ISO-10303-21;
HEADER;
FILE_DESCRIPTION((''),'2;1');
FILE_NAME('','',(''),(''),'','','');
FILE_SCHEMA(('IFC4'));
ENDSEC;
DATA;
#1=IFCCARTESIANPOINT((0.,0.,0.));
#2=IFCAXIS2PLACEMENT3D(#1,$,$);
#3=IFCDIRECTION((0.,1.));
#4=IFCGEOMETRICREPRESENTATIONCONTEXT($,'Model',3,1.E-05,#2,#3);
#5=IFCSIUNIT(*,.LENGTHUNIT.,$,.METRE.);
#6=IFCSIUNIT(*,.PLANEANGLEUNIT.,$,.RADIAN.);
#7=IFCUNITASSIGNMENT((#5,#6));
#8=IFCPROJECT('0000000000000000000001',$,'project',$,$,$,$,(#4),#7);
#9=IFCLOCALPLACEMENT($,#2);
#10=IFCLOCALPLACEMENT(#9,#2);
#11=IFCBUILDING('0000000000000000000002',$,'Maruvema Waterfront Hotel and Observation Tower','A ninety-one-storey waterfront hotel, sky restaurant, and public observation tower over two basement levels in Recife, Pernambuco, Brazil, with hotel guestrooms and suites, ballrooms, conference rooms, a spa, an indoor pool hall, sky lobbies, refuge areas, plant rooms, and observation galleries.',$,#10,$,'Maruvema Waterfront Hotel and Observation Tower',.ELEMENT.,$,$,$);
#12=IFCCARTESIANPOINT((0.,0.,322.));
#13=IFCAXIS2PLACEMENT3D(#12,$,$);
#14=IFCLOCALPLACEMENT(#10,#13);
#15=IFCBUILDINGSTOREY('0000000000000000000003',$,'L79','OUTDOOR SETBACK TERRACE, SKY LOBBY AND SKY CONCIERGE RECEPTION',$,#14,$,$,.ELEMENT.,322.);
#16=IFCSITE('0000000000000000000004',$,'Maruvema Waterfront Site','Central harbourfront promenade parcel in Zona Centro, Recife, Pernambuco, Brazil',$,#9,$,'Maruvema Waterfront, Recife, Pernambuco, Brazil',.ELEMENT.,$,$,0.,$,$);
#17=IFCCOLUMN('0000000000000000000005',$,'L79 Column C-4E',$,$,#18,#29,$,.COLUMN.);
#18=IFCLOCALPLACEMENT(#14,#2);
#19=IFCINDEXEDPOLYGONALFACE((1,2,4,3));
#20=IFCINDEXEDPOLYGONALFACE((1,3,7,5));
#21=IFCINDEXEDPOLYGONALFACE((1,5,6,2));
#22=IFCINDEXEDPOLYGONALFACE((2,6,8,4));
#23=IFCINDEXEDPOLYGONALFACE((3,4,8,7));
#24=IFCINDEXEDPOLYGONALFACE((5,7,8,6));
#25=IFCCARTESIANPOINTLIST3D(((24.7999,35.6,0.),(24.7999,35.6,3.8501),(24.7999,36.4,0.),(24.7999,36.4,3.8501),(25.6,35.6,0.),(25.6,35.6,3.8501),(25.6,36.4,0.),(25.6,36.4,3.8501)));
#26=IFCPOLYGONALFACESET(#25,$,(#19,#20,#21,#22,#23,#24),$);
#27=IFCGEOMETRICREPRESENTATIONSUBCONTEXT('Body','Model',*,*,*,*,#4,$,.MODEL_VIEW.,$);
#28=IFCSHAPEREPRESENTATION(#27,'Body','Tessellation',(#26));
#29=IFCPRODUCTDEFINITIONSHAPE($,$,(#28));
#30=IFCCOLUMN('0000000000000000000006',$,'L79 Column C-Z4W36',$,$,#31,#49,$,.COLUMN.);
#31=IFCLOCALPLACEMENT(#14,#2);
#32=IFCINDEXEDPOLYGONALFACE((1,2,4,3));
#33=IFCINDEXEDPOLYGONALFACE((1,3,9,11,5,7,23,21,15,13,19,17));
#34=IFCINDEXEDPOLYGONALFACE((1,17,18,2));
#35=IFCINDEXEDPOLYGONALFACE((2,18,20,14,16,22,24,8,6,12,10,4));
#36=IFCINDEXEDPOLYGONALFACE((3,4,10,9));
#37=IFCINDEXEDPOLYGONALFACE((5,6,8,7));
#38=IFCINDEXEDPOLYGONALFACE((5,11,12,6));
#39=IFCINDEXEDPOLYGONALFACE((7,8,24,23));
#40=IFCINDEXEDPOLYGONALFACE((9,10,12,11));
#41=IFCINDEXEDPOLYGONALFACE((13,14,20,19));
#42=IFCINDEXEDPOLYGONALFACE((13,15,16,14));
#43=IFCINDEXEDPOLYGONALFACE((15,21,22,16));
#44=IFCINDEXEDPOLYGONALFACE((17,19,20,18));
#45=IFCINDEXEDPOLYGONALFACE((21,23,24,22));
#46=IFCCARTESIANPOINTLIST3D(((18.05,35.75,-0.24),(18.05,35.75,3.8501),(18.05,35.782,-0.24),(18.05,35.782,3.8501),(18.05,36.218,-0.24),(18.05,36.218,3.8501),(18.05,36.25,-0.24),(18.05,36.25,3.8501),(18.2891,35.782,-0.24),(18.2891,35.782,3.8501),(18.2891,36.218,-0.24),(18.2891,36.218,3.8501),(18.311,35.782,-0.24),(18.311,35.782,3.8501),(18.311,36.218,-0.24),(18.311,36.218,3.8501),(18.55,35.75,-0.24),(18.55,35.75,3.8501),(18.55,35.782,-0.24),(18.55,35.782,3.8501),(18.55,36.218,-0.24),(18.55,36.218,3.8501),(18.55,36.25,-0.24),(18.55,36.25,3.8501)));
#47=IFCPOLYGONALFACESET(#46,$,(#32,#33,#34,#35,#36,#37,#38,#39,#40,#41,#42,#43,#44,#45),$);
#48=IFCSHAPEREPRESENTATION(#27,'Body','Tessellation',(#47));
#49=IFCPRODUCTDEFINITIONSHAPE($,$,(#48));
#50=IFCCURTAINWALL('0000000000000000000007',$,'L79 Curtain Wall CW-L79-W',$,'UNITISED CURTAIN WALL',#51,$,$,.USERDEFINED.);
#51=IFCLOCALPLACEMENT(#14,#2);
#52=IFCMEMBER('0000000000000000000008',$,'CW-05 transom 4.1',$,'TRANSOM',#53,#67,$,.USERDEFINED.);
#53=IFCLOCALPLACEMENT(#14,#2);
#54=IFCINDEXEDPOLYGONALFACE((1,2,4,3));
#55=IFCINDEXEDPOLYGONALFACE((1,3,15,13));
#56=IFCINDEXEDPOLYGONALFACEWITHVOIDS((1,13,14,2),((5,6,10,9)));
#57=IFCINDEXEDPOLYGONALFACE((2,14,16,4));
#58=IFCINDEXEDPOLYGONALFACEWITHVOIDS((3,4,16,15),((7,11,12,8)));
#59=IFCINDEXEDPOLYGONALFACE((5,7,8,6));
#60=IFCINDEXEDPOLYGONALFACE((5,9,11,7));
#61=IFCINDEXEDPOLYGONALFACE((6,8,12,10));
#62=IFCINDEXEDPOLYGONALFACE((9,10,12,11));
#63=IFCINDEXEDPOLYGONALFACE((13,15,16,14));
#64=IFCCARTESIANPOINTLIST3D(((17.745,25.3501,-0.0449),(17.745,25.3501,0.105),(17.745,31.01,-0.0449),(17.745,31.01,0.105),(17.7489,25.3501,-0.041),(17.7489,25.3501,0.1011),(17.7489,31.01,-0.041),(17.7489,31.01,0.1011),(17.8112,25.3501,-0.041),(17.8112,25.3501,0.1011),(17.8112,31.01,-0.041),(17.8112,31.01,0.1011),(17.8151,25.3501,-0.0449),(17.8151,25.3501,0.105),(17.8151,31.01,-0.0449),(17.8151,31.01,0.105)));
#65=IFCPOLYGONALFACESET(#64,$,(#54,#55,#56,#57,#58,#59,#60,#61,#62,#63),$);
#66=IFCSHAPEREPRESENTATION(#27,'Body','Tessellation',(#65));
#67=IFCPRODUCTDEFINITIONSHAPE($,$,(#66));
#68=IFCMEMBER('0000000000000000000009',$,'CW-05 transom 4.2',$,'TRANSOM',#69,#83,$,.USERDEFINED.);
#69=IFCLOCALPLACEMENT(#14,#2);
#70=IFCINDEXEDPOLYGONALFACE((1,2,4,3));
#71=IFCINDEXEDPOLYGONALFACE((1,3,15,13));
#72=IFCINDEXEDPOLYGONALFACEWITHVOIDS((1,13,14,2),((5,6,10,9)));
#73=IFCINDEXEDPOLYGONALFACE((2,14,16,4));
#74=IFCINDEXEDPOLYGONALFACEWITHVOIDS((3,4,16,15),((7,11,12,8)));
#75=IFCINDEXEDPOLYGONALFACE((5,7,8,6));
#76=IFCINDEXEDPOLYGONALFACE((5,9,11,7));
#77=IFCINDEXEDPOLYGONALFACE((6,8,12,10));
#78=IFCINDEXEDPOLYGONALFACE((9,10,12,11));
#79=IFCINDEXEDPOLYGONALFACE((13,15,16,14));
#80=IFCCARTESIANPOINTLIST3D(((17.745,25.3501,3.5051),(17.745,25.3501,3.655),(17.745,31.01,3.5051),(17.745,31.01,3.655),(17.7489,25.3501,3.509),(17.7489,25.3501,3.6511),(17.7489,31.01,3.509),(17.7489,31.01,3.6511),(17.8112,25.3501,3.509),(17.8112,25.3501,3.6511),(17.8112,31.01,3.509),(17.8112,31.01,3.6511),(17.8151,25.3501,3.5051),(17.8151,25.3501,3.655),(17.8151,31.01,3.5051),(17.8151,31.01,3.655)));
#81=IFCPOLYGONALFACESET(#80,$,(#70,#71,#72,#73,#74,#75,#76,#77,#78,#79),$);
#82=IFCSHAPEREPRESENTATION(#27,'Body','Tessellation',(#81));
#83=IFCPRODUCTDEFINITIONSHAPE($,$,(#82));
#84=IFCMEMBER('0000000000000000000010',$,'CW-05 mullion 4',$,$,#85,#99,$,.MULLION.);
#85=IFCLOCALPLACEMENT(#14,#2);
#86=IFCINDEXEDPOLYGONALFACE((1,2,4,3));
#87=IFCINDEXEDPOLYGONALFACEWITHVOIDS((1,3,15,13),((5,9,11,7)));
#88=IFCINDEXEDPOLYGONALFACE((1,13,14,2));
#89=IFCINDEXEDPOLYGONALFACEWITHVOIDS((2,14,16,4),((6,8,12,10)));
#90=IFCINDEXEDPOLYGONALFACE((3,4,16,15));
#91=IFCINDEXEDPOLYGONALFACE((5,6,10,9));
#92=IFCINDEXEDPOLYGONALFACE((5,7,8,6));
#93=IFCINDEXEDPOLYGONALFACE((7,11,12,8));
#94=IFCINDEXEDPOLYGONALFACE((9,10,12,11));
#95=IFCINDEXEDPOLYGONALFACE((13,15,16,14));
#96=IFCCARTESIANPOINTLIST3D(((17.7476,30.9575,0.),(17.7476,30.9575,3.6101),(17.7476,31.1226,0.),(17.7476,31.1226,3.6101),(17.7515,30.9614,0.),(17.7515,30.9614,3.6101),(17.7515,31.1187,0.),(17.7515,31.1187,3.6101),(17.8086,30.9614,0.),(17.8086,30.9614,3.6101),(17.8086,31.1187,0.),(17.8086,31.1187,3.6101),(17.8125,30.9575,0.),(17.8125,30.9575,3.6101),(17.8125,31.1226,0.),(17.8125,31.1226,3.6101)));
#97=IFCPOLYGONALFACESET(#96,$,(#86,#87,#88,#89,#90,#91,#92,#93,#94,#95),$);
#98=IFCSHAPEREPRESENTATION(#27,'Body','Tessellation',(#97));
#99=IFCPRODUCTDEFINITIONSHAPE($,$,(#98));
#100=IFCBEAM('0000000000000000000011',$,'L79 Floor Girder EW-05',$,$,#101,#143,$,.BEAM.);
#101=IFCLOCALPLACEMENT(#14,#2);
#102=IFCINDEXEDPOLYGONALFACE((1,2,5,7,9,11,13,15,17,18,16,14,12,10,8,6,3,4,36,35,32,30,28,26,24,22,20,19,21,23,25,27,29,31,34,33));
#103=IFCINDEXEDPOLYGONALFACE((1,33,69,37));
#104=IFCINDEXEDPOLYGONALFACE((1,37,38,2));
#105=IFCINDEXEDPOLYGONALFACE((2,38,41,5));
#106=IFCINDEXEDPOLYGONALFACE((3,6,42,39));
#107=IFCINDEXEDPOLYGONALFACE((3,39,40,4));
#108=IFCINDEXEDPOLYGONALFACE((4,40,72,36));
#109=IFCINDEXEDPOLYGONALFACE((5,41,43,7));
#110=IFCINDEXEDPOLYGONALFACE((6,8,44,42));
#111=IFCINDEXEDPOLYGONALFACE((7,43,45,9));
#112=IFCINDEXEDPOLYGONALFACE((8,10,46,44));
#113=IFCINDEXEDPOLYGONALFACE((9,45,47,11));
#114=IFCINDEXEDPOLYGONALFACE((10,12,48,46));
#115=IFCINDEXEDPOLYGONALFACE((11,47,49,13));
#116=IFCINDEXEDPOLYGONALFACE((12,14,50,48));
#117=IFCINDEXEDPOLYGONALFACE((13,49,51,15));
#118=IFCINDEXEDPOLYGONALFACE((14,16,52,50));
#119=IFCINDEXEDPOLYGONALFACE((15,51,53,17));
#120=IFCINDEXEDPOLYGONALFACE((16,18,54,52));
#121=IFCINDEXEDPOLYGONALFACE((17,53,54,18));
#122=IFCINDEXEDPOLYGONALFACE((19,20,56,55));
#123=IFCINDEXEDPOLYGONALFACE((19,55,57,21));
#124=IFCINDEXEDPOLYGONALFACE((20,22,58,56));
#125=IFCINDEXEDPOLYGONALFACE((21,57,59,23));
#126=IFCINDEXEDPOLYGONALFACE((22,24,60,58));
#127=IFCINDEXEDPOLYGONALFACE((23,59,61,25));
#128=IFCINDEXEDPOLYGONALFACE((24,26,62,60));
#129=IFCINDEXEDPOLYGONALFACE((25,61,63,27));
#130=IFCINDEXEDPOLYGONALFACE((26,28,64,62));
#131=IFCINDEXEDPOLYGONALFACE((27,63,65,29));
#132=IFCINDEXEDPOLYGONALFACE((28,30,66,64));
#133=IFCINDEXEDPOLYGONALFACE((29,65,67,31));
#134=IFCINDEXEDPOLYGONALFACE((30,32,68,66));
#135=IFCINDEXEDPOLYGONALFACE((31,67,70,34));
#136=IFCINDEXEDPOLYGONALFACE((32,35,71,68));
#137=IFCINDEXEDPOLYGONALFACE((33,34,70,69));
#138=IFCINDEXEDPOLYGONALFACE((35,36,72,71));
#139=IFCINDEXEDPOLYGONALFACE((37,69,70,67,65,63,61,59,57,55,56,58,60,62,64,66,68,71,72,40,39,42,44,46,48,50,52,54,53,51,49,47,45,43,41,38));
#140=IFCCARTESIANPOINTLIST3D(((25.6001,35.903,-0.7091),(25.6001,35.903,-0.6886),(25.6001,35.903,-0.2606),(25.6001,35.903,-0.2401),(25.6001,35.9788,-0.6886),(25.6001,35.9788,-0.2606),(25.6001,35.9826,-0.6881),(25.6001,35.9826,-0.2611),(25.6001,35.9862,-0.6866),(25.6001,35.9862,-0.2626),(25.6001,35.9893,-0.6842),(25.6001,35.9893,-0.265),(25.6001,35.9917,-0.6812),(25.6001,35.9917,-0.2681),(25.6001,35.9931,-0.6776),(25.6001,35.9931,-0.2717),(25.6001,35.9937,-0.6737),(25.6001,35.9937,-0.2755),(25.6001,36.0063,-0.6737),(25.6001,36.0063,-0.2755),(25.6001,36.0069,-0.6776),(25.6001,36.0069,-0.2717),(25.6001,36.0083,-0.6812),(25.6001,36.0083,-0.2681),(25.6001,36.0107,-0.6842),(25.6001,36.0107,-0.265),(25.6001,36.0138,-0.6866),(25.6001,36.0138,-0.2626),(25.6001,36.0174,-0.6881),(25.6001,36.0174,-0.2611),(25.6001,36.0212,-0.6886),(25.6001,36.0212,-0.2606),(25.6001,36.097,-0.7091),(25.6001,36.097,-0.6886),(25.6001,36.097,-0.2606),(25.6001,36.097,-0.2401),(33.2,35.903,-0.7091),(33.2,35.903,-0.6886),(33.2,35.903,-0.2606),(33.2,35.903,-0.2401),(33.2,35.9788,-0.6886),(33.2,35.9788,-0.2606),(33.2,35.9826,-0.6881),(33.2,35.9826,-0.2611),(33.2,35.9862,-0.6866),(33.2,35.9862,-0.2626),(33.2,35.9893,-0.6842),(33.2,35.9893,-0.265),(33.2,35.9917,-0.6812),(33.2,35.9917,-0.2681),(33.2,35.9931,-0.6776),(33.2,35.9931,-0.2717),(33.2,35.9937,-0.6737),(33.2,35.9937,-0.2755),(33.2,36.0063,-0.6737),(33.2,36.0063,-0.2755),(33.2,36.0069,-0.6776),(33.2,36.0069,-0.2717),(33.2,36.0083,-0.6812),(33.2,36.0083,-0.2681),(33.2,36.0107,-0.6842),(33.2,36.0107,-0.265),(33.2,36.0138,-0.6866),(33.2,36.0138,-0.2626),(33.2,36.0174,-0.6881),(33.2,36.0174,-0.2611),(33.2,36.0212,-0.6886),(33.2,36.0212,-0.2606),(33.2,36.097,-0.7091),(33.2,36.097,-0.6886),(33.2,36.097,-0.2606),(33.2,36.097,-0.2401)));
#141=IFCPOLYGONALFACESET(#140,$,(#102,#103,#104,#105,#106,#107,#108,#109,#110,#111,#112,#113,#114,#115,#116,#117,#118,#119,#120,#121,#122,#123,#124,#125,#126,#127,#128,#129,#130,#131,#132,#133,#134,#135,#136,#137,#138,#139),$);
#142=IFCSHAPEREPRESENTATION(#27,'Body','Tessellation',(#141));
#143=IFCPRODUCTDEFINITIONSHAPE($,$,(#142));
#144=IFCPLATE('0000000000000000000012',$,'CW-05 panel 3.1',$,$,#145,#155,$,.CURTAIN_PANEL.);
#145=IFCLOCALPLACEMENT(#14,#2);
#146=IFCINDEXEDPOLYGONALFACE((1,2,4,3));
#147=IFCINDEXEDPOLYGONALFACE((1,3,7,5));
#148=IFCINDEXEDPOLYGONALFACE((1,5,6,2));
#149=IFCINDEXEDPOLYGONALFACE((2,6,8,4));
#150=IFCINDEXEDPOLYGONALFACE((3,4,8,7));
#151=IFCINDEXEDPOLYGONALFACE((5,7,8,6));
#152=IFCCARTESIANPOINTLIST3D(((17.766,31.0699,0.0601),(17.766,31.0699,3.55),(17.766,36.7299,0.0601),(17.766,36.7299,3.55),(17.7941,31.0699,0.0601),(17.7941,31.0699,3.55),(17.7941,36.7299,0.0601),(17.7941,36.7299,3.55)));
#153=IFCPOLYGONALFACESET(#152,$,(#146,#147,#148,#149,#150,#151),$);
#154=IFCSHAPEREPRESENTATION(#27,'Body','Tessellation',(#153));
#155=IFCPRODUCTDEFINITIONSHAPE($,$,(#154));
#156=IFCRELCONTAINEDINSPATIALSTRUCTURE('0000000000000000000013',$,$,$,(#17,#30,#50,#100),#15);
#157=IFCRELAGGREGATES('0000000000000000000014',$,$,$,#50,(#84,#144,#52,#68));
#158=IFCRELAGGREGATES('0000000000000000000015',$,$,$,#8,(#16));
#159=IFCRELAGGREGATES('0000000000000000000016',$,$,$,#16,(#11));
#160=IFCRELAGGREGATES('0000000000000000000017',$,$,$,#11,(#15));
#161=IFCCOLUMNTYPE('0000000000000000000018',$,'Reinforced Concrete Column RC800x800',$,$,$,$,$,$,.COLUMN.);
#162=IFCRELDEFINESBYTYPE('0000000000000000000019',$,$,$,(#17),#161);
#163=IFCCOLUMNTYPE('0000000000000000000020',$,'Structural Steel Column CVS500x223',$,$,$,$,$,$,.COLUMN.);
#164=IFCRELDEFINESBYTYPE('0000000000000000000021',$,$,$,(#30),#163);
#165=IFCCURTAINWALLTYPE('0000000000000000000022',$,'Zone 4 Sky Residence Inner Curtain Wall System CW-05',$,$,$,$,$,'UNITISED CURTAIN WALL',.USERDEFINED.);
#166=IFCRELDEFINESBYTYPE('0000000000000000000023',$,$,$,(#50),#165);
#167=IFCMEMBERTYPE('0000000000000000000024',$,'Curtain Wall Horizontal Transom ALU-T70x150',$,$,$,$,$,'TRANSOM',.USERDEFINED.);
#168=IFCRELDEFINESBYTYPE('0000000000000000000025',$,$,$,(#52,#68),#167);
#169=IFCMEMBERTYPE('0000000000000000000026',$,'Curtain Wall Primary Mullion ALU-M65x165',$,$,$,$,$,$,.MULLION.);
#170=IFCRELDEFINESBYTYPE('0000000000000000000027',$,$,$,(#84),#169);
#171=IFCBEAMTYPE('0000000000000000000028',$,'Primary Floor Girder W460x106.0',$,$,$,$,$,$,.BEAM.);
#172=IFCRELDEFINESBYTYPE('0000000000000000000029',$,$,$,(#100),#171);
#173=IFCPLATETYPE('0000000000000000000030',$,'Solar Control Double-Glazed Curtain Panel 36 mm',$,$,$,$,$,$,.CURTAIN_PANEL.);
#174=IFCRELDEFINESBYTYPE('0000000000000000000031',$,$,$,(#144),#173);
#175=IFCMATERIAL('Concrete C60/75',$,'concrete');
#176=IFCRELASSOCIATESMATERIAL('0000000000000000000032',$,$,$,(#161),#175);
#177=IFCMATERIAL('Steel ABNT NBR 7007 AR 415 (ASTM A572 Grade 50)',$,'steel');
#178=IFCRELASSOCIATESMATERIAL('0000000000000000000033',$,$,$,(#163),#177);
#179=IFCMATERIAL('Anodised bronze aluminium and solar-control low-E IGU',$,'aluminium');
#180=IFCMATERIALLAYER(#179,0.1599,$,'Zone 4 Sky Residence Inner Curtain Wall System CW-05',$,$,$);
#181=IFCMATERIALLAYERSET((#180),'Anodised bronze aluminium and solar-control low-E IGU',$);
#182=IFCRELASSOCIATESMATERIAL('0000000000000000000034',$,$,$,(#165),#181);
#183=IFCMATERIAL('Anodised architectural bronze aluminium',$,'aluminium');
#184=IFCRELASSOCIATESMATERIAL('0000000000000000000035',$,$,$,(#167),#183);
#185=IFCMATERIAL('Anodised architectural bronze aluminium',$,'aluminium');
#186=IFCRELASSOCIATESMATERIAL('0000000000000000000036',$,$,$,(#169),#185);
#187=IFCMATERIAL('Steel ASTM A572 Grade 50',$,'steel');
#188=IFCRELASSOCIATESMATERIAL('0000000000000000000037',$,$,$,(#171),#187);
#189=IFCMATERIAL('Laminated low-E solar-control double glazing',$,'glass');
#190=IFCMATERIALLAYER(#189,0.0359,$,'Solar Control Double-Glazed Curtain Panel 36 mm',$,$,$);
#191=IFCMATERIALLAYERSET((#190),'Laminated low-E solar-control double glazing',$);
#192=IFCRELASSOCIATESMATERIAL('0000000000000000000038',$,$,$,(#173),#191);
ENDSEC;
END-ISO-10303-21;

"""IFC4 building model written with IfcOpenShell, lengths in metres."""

from ifc_helpers import new_model, si_unit, direction, frame, origin, origin_2d, place, context, subcontext, project, spatial, rectangle, hollow_rectangle, i_section, extrude, material, layer, layer_set, material_profile, profile_set, type_object, element, aggregate, save


model = new_model("IFC4")

# Units and contexts
model_context = context("Model", 3, precision=1e-05, world=origin(), true_north=direction((0.0, 1.0)))
body_context = subcontext(model_context, "Body", "Model", "MODEL_VIEW")
ifc_project = project(units=[si_unit("LENGTHUNIT", "METRE"), si_unit("PLANEANGLEUNIT", "RADIAN")], contexts=[model_context])

# Site, building, storey
site_placement = place(None, origin())
site = spatial("IfcSite", under=ifc_project, at=site_placement, Name="Maruvema Waterfront Site", Description="Central harbourfront promenade parcel in Zona Centro, Recife, Pernambuco, Brazil", LongName="Maruvema Waterfront, Recife, Pernambuco, Brazil", CompositionType="ELEMENT", RefElevation=0.0)
building_placement = place(site_placement, origin())
building = spatial("IfcBuilding", under=site, at=building_placement, Name="Maruvema Waterfront Hotel and Observation Tower", Description="A ninety-one-storey waterfront hotel, sky restaurant, and public observation tower over two basement levels in Recife, Pernambuco, Brazil, with hotel guestrooms and suites, ballrooms, conference rooms, a spa, an indoor pool hall, sky lobbies, refuge areas, plant rooms, and observation galleries.", LongName="Maruvema Waterfront Hotel and Observation Tower", CompositionType="ELEMENT")
storey_placement = place(building_placement, frame((0.0, 0.0, 322.0)))
storey = spatial("IfcBuildingStorey", under=building, at=storey_placement, Name="L79", Description="OUTDOOR SETBACK TERRACE, SKY LOBBY AND SKY CONCIERGE RECEPTION", CompositionType="ELEMENT", Elevation=322.0)

# Columns
ifc_material_1 = material(Name="Concrete C60/75", Category="concrete")
ifc_material_profile_1 = material_profile(ifc_material_1, rectangle(XDim=0.8, YDim=0.8, at=origin_2d()), Name="RC800x800")
ifc_profile_set_1 = profile_set([ifc_material_profile_1], Name="Concrete C60/75")
column_type_1 = type_object("IfcColumnType", Name="Reinforced Concrete Column RC800x800", PredefinedType="COLUMN", material=ifc_profile_set_1)
column_1_placement = place(storey_placement, frame((25.2, 36.0, 0.0), z_axis=(0.0, 0.0, 1.0), x_axis=(1.0, 0.0, 0.0)))
element("IfcColumn", 1, at=column_1_placement, inside=storey, type_object=column_type_1, Name="L79 Column C-4E", PredefinedType="COLUMN", context=body_context, shape_type="SweptSolid", body=[
    extrude(rectangle(XDim=0.8, YDim=0.8, at=origin_2d()), origin(), (0.0, 0.0, 1.0), 3.8501),
])
ifc_material_2 = material(Name="Steel ABNT NBR 7007 AR 415 (ASTM A572 Grade 50)", Category="steel")
ifc_material_profile_2 = material_profile(ifc_material_2, i_section(OverallWidth=0.5, OverallDepth=0.5, WebThickness=0.022, FlangeThickness=0.032, at=origin_2d()), Name="CVS500x223")
ifc_profile_set_2 = profile_set([ifc_material_profile_2], Name="Steel ABNT NBR 7007 AR 415 (ASTM A572 Grade 50)")
column_type_2 = type_object("IfcColumnType", Name="Structural Steel Column CVS500x223", PredefinedType="COLUMN", material=ifc_profile_set_2)
column_2_placement = place(storey_placement, frame((18.3, 36.0, -0.24), z_axis=(0.0, 0.0, 1.0), x_axis=(1.0, 0.0, 0.0)))
element("IfcColumn", 2, at=column_2_placement, inside=storey, type_object=column_type_2, Name="L79 Column C-Z4W36", PredefinedType="COLUMN", context=body_context, shape_type="SweptSolid", body=[
    extrude(i_section(OverallWidth=0.5, OverallDepth=0.5, WebThickness=0.022, FlangeThickness=0.032, at=origin_2d()), origin(), (0.0, 0.0, 1.0), 4.0901),
])

# Curtain wall, members
ifc_material_3 = material(Name="Anodised bronze aluminium and solar-control low-E IGU", Category="aluminium")
ifc_layer_1 = layer(ifc_material_3, 0.1599, Name="Zone 4 Sky Residence Inner Curtain Wall System CW-05")
ifc_layer_set_1 = layer_set([ifc_layer_1], Name="Anodised bronze aluminium and solar-control low-E IGU")
curtain_wall_type = type_object("IfcCurtainWallType", Name="Zone 4 Sky Residence Inner Curtain Wall System CW-05", ElementType="UNITISED CURTAIN WALL", PredefinedType="USERDEFINED", material=ifc_layer_set_1)
curtain_wall_placement = place(storey_placement, origin())
curtain_wall = element("IfcCurtainWall", 3, at=curtain_wall_placement, inside=storey, type_object=curtain_wall_type, Name="L79 Curtain Wall CW-L79-W", ObjectType="UNITISED CURTAIN WALL", PredefinedType="USERDEFINED")
ifc_material_4 = material(Name="Anodised architectural bronze aluminium", Category="aluminium")
ifc_material_profile_3 = material_profile(ifc_material_4, hollow_rectangle(XDim=0.0701, YDim=0.1499, WallThickness=0.0039, at=origin_2d()), Name="ALU-T70x150")
ifc_profile_set_3 = profile_set([ifc_material_profile_3], Name="Anodised architectural bronze aluminium")
member_type_1 = type_object("IfcMemberType", Name="Curtain Wall Horizontal Transom ALU-T70x150", ElementType="TRANSOM", PredefinedType="USERDEFINED", material=ifc_profile_set_3)
member_1_placement = place(storey_placement, frame((17.78, 31.01, 0.03), z_axis=(0.0, -1.0, 0.0), x_axis=(1.0, 0.0, 0.0)))
member_1 = element("IfcMember", 4, at=member_1_placement, type_object=member_type_1, Name="CW-05 transom 4.1", ObjectType="TRANSOM", PredefinedType="USERDEFINED", context=body_context, shape_type="SweptSolid", body=[
    extrude(hollow_rectangle(XDim=0.0701, YDim=0.1499, WallThickness=0.0039, at=origin_2d()), origin(), (0.0, 0.0, 1.0), 5.6599),
])
member_2_placement = place(storey_placement, frame((17.78, 31.01, 3.5801), z_axis=(0.0, -1.0, 0.0), x_axis=(1.0, 0.0, 0.0)))
member_2 = element("IfcMember", 5, at=member_2_placement, type_object=member_type_1, Name="CW-05 transom 4.2", ObjectType="TRANSOM", PredefinedType="USERDEFINED", context=body_context, shape_type="SweptSolid", body=[
    extrude(hollow_rectangle(XDim=0.0701, YDim=0.1499, WallThickness=0.0039, at=origin_2d()), origin(), (0.0, 0.0, 1.0), 5.6599),
])
ifc_material_5 = material(Name="Anodised architectural bronze aluminium", Category="aluminium")
ifc_material_profile_4 = material_profile(ifc_material_5, hollow_rectangle(XDim=0.0649, YDim=0.165, WallThickness=0.0039, at=origin_2d()), Name="ALU-M65x165")
ifc_profile_set_4 = profile_set([ifc_material_profile_4], Name="Anodised architectural bronze aluminium")
member_type_2 = type_object("IfcMemberType", Name="Curtain Wall Primary Mullion ALU-M65x165", PredefinedType="MULLION", material=ifc_profile_set_4)
member_3_placement = place(storey_placement, frame((17.78, 31.04, 0.0), z_axis=(0.0, 0.0, 1.0), x_axis=(1.0, 0.0, 0.0)))
member_3 = element("IfcMember", 6, at=member_3_placement, type_object=member_type_2, Name="CW-05 mullion 4", PredefinedType="MULLION", context=body_context, shape_type="SweptSolid", body=[
    extrude(hollow_rectangle(XDim=0.0649, YDim=0.165, WallThickness=0.0039, at=origin_2d()), origin(), (0.0, 0.0, 1.0), 3.6101),
])

# Beam
ifc_material_6 = material(Name="Steel ASTM A572 Grade 50", Category="steel")
ifc_material_profile_5 = material_profile(ifc_material_6, i_section(OverallWidth=0.1941, OverallDepth=0.469, WebThickness=0.0127, FlangeThickness=0.0205, FilletRadius=0.0149, at=origin_2d()), Name="W460x106.0")
ifc_profile_set_5 = profile_set([ifc_material_profile_5], Name="Steel ASTM A572 Grade 50")
beam_type = type_object("IfcBeamType", Name="Primary Floor Girder W460x106.0", PredefinedType="BEAM", material=ifc_profile_set_5)
beam_placement = place(storey_placement, frame((25.6001, 36.0, -0.4746), z_axis=(1.0, 0.0, 0.0), x_axis=(0.0, 1.0, 0.0)))
element("IfcBeam", 7, at=beam_placement, inside=storey, type_object=beam_type, Name="L79 Floor Girder EW-05", PredefinedType="BEAM", context=body_context, shape_type="SweptSolid", body=[
    extrude(i_section(OverallWidth=0.1941, OverallDepth=0.469, WebThickness=0.0127, FlangeThickness=0.0205, FilletRadius=0.0149, at=origin_2d()), origin(), (0.0, 0.0, 1.0), 7.5999),
])

# Plate
ifc_material_7 = material(Name="Laminated low-E solar-control double glazing", Category="glass")
ifc_layer_2 = layer(ifc_material_7, 0.0359, Name="Solar Control Double-Glazed Curtain Panel 36 mm")
ifc_layer_set_2 = layer_set([ifc_layer_2], Name="Laminated low-E solar-control double glazing")
plate_type = type_object("IfcPlateType", Name="Solar Control Double-Glazed Curtain Panel 36 mm", PredefinedType="CURTAIN_PANEL", material=ifc_layer_set_2)
plate_placement = place(storey_placement, frame((17.78, 33.8999, 0.0601), z_axis=(0.0, 0.0, 1.0), x_axis=(0.0, -1.0, 0.0)))
plate = element("IfcPlate", 8, at=plate_placement, type_object=plate_type, Name="CW-05 panel 3.1", PredefinedType="CURTAIN_PANEL", context=body_context, shape_type="SweptSolid", body=[
    extrude(rectangle(XDim=5.6599, YDim=0.0281, at=origin_2d()), origin(), (0.0, 0.0, 1.0), 3.49),
])
aggregate(curtain_wall, [member_3, plate, member_1, member_2])

save(model, "model.ifc")
